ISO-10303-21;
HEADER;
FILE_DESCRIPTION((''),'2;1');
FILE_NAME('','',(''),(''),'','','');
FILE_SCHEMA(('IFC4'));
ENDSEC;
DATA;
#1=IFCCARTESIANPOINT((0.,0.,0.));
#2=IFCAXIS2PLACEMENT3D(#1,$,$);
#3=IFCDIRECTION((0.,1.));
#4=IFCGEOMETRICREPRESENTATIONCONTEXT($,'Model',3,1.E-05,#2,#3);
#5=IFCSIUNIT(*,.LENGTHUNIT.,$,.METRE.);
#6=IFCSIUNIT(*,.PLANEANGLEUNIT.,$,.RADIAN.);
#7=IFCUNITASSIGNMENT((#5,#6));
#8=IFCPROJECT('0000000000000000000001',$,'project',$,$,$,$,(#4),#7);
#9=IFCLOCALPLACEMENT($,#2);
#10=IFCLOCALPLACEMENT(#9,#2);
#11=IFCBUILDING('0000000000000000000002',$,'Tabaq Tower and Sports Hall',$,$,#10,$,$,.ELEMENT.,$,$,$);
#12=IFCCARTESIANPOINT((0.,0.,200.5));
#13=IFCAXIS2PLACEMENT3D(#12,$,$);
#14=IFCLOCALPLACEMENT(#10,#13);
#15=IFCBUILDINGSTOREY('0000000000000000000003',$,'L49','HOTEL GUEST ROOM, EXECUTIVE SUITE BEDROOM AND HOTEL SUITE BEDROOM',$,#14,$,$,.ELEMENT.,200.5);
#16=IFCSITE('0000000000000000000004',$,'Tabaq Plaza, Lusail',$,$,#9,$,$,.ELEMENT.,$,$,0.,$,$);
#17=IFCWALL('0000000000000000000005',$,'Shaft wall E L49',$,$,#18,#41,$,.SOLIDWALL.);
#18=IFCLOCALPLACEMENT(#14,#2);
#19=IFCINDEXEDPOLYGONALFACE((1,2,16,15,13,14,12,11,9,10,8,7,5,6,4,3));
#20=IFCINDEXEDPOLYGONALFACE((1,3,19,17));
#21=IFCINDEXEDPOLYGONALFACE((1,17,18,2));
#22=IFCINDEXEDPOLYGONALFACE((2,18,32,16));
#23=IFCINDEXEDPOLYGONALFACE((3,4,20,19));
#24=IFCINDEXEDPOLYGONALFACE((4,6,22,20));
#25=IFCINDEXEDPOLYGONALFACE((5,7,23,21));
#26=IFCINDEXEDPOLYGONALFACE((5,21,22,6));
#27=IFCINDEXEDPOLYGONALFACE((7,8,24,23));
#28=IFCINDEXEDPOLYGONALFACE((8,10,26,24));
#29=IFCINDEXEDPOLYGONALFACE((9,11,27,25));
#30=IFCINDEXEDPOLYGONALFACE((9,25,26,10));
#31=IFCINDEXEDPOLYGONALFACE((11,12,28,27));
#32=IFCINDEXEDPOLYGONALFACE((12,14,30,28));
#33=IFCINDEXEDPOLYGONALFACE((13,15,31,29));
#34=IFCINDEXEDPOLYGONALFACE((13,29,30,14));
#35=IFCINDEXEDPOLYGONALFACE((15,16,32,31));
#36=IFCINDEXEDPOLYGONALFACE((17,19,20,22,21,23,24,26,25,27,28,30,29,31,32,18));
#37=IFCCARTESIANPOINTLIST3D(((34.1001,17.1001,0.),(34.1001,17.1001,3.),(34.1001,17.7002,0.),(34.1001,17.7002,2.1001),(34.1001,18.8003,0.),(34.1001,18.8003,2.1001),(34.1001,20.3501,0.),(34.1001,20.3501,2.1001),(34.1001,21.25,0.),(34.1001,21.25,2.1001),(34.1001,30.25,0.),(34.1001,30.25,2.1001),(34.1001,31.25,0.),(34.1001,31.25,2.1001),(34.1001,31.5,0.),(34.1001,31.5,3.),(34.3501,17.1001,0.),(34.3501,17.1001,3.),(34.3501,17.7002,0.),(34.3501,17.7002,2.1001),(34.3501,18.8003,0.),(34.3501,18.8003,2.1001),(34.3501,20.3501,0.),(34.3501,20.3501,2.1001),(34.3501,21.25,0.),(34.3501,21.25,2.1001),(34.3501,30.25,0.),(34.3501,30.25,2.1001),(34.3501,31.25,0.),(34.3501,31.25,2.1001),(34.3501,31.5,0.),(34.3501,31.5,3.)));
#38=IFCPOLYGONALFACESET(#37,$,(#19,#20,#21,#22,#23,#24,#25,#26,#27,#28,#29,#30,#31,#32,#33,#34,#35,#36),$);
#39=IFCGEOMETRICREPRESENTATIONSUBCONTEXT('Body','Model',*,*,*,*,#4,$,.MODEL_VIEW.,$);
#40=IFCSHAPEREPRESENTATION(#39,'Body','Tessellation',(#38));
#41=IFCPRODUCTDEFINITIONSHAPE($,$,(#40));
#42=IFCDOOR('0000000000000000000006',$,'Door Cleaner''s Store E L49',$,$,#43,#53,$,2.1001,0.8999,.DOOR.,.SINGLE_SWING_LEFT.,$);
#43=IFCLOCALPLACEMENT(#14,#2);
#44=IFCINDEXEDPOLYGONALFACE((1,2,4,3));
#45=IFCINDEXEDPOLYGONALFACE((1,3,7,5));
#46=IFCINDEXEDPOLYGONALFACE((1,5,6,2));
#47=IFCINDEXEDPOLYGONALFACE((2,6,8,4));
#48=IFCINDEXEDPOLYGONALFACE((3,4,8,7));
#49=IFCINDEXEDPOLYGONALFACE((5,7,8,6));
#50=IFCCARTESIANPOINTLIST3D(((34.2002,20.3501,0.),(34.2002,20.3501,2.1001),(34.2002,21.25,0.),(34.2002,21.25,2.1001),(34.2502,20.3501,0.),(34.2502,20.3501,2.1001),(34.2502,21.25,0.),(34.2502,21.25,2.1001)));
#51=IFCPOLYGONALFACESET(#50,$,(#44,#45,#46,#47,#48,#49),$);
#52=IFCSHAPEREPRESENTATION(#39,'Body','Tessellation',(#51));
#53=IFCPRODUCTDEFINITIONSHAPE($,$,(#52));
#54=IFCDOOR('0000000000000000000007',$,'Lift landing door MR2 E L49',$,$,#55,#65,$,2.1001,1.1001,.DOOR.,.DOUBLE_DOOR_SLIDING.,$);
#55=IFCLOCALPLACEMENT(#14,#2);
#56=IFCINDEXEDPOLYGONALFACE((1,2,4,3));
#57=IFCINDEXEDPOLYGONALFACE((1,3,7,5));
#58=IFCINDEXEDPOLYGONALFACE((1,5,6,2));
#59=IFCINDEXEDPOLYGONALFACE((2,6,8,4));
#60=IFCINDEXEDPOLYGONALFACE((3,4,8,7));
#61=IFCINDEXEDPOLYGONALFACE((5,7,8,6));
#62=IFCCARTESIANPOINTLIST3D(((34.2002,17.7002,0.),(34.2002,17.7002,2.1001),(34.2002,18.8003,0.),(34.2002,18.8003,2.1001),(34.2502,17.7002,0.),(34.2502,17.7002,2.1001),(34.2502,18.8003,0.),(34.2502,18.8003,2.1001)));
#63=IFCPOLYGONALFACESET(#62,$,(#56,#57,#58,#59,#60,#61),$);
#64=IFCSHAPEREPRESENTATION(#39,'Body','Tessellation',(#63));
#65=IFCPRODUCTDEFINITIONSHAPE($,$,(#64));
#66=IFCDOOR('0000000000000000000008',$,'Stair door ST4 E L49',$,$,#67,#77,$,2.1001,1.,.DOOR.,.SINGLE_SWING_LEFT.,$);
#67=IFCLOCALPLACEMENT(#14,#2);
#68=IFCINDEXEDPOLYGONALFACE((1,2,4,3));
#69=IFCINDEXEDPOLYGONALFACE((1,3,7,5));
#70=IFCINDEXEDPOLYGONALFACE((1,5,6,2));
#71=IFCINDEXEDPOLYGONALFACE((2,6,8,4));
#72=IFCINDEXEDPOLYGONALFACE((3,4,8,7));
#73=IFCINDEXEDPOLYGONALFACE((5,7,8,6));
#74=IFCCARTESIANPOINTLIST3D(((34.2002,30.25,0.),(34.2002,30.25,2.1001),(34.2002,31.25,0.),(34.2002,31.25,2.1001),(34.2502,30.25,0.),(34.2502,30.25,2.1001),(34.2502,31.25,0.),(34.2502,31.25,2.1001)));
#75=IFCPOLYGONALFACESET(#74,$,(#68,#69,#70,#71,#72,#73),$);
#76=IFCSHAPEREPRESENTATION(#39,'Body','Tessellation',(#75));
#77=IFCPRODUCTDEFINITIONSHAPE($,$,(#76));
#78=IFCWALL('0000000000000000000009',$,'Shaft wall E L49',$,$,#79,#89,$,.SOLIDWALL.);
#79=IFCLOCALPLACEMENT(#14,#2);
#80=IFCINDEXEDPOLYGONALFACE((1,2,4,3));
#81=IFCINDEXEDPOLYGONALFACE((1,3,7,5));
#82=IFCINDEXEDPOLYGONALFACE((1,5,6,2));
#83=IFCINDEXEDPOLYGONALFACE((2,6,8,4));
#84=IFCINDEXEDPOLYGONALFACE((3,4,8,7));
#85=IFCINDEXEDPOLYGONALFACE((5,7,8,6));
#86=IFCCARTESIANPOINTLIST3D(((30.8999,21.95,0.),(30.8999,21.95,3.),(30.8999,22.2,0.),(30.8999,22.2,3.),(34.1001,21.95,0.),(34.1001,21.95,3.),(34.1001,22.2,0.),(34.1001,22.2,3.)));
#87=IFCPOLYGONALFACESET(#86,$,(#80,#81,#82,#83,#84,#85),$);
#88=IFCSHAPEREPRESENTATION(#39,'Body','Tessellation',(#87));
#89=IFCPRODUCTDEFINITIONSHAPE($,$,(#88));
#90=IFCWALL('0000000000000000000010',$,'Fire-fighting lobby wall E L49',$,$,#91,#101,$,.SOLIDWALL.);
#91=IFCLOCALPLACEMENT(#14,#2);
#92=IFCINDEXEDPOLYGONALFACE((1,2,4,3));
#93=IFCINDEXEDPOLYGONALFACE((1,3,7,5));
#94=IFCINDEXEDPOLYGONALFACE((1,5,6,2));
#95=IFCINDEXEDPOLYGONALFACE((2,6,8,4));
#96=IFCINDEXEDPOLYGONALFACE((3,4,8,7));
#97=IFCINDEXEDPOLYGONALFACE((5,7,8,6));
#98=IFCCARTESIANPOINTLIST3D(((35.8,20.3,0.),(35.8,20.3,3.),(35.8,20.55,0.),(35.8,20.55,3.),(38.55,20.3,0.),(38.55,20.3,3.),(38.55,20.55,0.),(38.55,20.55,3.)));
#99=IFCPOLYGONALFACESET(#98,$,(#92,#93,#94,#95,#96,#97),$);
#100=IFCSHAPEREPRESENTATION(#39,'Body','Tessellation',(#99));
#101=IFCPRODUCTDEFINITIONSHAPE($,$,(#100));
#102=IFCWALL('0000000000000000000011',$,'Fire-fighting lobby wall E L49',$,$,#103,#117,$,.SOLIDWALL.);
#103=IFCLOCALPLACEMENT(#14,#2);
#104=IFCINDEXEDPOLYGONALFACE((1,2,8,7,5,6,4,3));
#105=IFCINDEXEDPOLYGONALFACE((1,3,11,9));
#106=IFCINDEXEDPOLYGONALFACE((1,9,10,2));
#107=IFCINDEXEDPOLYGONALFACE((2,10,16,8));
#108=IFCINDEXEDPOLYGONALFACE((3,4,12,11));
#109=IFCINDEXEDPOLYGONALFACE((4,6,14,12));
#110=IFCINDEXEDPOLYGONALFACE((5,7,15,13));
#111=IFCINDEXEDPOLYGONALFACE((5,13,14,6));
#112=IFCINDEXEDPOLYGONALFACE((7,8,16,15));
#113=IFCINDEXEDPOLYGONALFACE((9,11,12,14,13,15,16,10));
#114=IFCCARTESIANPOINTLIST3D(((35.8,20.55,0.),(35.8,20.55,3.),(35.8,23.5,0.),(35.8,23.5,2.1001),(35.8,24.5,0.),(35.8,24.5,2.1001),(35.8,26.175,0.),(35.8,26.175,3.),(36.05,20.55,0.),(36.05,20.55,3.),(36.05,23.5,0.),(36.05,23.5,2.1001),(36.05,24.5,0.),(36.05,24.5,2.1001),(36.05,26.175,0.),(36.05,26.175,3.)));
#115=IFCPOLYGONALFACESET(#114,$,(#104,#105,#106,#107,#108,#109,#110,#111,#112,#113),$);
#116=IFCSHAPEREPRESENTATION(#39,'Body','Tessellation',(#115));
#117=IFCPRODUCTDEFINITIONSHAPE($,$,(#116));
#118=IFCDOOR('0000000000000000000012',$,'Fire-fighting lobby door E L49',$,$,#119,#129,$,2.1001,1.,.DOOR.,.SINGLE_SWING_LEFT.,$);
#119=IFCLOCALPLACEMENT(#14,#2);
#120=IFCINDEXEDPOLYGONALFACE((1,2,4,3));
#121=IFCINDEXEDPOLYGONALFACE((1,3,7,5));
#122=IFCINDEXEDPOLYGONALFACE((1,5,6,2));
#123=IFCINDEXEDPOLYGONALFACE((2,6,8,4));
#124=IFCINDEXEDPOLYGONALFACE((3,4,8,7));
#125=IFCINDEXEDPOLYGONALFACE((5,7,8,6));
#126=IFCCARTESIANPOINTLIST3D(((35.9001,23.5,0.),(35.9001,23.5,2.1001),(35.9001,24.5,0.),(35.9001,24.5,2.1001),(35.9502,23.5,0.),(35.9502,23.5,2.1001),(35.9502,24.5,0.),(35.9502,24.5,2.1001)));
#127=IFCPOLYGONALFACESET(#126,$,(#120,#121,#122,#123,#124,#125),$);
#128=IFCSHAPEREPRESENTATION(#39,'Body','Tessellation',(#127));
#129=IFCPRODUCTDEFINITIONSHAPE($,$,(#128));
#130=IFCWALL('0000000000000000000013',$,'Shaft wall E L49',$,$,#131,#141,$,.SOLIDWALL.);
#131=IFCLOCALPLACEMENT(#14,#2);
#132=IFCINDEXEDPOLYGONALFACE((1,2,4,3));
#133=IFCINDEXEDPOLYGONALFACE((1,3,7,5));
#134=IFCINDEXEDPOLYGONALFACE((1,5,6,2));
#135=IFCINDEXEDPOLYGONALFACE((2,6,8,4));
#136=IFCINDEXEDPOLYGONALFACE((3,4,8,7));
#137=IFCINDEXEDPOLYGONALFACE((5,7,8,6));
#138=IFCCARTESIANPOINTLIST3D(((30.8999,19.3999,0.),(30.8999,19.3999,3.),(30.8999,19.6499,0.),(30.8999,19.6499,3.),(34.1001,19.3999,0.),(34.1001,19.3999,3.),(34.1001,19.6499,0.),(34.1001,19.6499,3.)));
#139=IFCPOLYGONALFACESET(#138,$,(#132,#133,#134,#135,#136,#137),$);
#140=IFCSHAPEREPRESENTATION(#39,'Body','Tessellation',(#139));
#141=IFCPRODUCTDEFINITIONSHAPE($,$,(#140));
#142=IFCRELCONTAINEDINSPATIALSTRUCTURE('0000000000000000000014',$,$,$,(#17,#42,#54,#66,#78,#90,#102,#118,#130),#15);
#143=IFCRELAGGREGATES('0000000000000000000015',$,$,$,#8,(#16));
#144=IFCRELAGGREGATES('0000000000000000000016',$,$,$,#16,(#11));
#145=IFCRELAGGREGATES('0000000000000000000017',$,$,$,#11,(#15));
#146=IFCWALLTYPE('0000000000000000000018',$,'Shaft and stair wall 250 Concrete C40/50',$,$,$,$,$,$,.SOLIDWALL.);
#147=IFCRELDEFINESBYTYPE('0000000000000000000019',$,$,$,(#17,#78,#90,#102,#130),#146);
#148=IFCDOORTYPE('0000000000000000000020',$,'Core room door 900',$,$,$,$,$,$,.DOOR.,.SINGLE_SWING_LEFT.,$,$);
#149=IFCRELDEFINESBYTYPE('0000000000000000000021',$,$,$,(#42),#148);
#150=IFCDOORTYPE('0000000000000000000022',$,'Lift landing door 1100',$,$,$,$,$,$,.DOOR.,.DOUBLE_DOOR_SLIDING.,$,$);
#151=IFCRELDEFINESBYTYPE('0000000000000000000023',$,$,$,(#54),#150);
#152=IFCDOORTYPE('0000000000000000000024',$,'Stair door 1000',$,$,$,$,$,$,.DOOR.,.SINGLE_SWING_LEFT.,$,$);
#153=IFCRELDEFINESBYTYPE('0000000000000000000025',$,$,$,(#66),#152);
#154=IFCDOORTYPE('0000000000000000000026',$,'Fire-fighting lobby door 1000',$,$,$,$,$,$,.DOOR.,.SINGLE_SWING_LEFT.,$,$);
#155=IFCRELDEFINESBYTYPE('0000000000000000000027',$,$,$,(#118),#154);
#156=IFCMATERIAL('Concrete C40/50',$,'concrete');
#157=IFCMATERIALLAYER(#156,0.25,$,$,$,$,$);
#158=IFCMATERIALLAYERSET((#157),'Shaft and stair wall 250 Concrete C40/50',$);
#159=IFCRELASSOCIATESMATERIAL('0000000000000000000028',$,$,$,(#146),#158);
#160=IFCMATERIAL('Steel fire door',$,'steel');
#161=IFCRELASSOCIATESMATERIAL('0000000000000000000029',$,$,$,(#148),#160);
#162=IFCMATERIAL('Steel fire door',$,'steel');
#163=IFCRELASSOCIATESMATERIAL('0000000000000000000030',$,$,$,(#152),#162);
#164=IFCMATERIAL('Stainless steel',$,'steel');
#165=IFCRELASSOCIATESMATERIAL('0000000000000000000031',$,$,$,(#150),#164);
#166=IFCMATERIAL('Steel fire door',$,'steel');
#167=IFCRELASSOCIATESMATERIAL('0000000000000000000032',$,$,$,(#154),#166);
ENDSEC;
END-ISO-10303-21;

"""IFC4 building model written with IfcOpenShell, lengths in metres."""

from ifc_helpers import new_model, si_unit, direction, frame, frame_2d, origin, place, context, subcontext, project, spatial, rectangle, extrude, material, layer, layer_set, type_object, element, fill, save


model = new_model("IFC4")

# Units and contexts
model_context = context("Model", 3, precision=1e-05, world=origin(), true_north=direction((0.0, 1.0)))
body_context = subcontext(model_context, "Body", "Model", "MODEL_VIEW")
ifc_project = project(units=[si_unit("LENGTHUNIT", "METRE"), si_unit("PLANEANGLEUNIT", "RADIAN")], contexts=[model_context])

# Site, building, storey
site_placement = place(None, origin())
site = spatial("IfcSite", under=ifc_project, at=site_placement, Name="Tabaq Plaza, Lusail", CompositionType="ELEMENT", RefElevation=0.0)
building_placement = place(site_placement, origin())
building = spatial("IfcBuilding", under=site, at=building_placement, Name="Tabaq Tower and Sports Hall", CompositionType="ELEMENT")
storey_placement = place(building_placement, frame((0.0, 0.0, 200.5)))
storey = spatial("IfcBuildingStorey", under=building, at=storey_placement, Name="L49", Description="HOTEL GUEST ROOM, EXECUTIVE SUITE BEDROOM AND HOTEL SUITE BEDROOM", CompositionType="ELEMENT", Elevation=200.5)

# Wall, openings, doors
ifc_material_1 = material(Name="Concrete C40/50", Category="concrete")
ifc_layer_1 = layer(ifc_material_1, 0.25)
ifc_layer_set_1 = layer_set([ifc_layer_1], Name="Shaft and stair wall 250 Concrete C40/50")
wall_type_1 = type_object("IfcWallType", Name="Shaft and stair wall 250 Concrete C40/50", PredefinedType="SOLIDWALL", material=ifc_layer_set_1)
ifc_material_2 = material(Name="Steel fire door", Category="steel")
door_type_1 = type_object("IfcDoorType", Name="Core room door 900", OperationType="SINGLE_SWING_LEFT", PredefinedType="DOOR", material=ifc_material_2)
ifc_material_3 = material(Name="Steel fire door", Category="steel")
door_type_2 = type_object("IfcDoorType", Name="Stair door 1000", OperationType="SINGLE_SWING_LEFT", PredefinedType="DOOR", material=ifc_material_3)
wall_1_placement = place(storey_placement, frame((34.2251, 17.1001, 0.0), z_axis=(0.0, 0.0, 1.0), x_axis=(0.0, 1.0, 0.0)))
wall_1 = element("IfcWall", 1, at=wall_1_placement, inside=storey, type_object=wall_type_1, Name="Shaft wall E L49", PredefinedType="SOLIDWALL", context=body_context, shape_type="SweptSolid", body=[
    extrude(rectangle(XDim=14.3999, YDim=0.25, at=frame_2d((7.2, 0.0))), origin(), (0.0, 0.0, 1.0), 3.0),
])
opening_1_placement = place(wall_1_placement, frame((13.1499, 0.0, 0.0)))
opening_1 = element("IfcOpeningElement", 2, at=opening_1_placement, cuts=wall_1, PredefinedType="OPENING", context=body_context, shape_type="SweptSolid", body=[
    extrude(rectangle(XDim=1.0, YDim=2.1001, at=frame_2d((0.5, 1.05))), frame((0.0, 0.125, 0.0), z_axis=(0.0, -1.0, 0.0), x_axis=(1.0, 0.0, 0.0)), (0.0, 0.0, 1.0), 0.25),
])
opening_2_placement = place(wall_1_placement, frame((0.6001, 0.0, 0.0)))
opening_2 = element("IfcOpeningElement", 3, at=opening_2_placement, cuts=wall_1, PredefinedType="OPENING", context=body_context, shape_type="SweptSolid", body=[
    extrude(rectangle(XDim=1.1001, YDim=2.1001, at=frame_2d((0.55, 1.05))), frame((0.0, 0.125, 0.0), z_axis=(0.0, -1.0, 0.0), x_axis=(1.0, 0.0, 0.0)), (0.0, 0.0, 1.0), 0.25),
])
opening_3_placement = place(wall_1_placement, frame((3.25, 0.0, 0.0)))
opening_3 = element("IfcOpeningElement", 4, at=opening_3_placement, cuts=wall_1, PredefinedType="OPENING", context=body_context, shape_type="SweptSolid", body=[
    extrude(rectangle(XDim=0.8999, YDim=2.1001, at=frame_2d((0.45, 1.05))), frame((0.0, 0.125, 0.0), z_axis=(0.0, -1.0, 0.0), x_axis=(1.0, 0.0, 0.0)), (0.0, 0.0, 1.0), 0.25),
])
door_1_placement = place(opening_3_placement, origin())
door_1 = element("IfcDoor", 5, at=door_1_placement, inside=storey, type_object=door_type_1, Name="Door Cleaner's Store E L49", OperationType="SINGLE_SWING_LEFT", OverallHeight=2.1001, OverallWidth=0.8999, PredefinedType="DOOR", context=body_context, shape_type="SweptSolid", body=[
    extrude(rectangle(XDim=0.8999, YDim=2.1001, at=frame_2d((0.45, 1.05))), frame((0.0, 0.0249, 0.0), z_axis=(0.0, -1.0, 0.0), x_axis=(1.0, 0.0, 0.0)), (0.0, 0.0, 1.0), 0.05),
])
fill(opening_3, door_1)
ifc_material_4 = material(Name="Stainless steel", Category="steel")
door_type_3 = type_object("IfcDoorType", Name="Lift landing door 1100", OperationType="DOUBLE_DOOR_SLIDING", PredefinedType="DOOR", material=ifc_material_4)
door_2_placement = place(opening_2_placement, origin())
door_2 = element("IfcDoor", 6, at=door_2_placement, inside=storey, type_object=door_type_3, Name="Lift landing door MR2 E L49", OperationType="DOUBLE_DOOR_SLIDING", OverallHeight=2.1001, OverallWidth=1.1001, PredefinedType="DOOR", context=body_context, shape_type="SweptSolid", body=[
    extrude(rectangle(XDim=1.1001, YDim=2.1001, at=frame_2d((0.55, 1.05))), frame((0.0, 0.0249, 0.0), z_axis=(0.0, -1.0, 0.0), x_axis=(1.0, 0.0, 0.0)), (0.0, 0.0, 1.0), 0.05),
])
fill(opening_2, door_2)
door_3_placement = place(opening_1_placement, origin())
door_3 = element("IfcDoor", 7, at=door_3_placement, inside=storey, type_object=door_type_2, Name="Stair door ST4 E L49", OperationType="SINGLE_SWING_LEFT", OverallHeight=2.1001, OverallWidth=1.0, PredefinedType="DOOR", context=body_context, shape_type="SweptSolid", body=[
    extrude(rectangle(XDim=1.0, YDim=2.1001, at=frame_2d((0.5, 1.05))), frame((0.0, 0.0249, 0.0), z_axis=(0.0, -1.0, 0.0), x_axis=(1.0, 0.0, 0.0)), (0.0, 0.0, 1.0), 0.05),
])
fill(opening_1, door_3)

# Walls
wall_2_placement = place(storey_placement, frame((30.8999, 22.075, 0.0), z_axis=(0.0, 0.0, 1.0), x_axis=(1.0, 0.0, 0.0)))
element("IfcWall", 8, at=wall_2_placement, inside=storey, type_object=wall_type_1, Name="Shaft wall E L49", PredefinedType="SOLIDWALL", context=body_context, shape_type="SweptSolid", body=[
    extrude(rectangle(XDim=3.2002, YDim=0.25, at=frame_2d((1.6001, 0.0))), origin(), (0.0, 0.0, 1.0), 3.0),
])
wall_3_placement = place(storey_placement, frame((35.8, 20.425, 0.0), z_axis=(0.0, 0.0, 1.0), x_axis=(1.0, 0.0, 0.0)))
element("IfcWall", 9, at=wall_3_placement, inside=storey, type_object=wall_type_1, Name="Fire-fighting lobby wall E L49", PredefinedType="SOLIDWALL", context=body_context, shape_type="SweptSolid", body=[
    extrude(rectangle(XDim=2.75, YDim=0.25, at=frame_2d((1.375, 0.0))), origin(), (0.0, 0.0, 1.0), 3.0),
])

# Wall, opening, door
wall_4_placement = place(storey_placement, frame((35.925, 20.55, 0.0), z_axis=(0.0, 0.0, 1.0), x_axis=(0.0, 1.0, 0.0)))
wall_4 = element("IfcWall", 10, at=wall_4_placement, inside=storey, type_object=wall_type_1, Name="Fire-fighting lobby wall E L49", PredefinedType="SOLIDWALL", context=body_context, shape_type="SweptSolid", body=[
    extrude(rectangle(XDim=5.625, YDim=0.25, at=frame_2d((2.8125, 0.0))), origin(), (0.0, 0.0, 1.0), 3.0),
])
opening_4_placement = place(wall_4_placement, frame((2.95, 0.0, 0.0)))
opening_4 = element("IfcOpeningElement", 11, at=opening_4_placement, cuts=wall_4, PredefinedType="OPENING", context=body_context, shape_type="SweptSolid", body=[
    extrude(rectangle(XDim=1.0, YDim=2.1001, at=frame_2d((0.5, 1.05))), frame((0.0, 0.125, 0.0), z_axis=(0.0, -1.0, 0.0), x_axis=(1.0, 0.0, 0.0)), (0.0, 0.0, 1.0), 0.25),
])
ifc_material_5 = material(Name="Steel fire door", Category="steel")
door_type_4 = type_object("IfcDoorType", Name="Fire-fighting lobby door 1000", OperationType="SINGLE_SWING_LEFT", PredefinedType="DOOR", material=ifc_material_5)
door_4_placement = place(opening_4_placement, origin())
door_4 = element("IfcDoor", 12, at=door_4_placement, inside=storey, type_object=door_type_4, Name="Fire-fighting lobby door E L49", OperationType="SINGLE_SWING_LEFT", OverallHeight=2.1001, OverallWidth=1.0, PredefinedType="DOOR", context=body_context, shape_type="SweptSolid", body=[
    extrude(rectangle(XDim=1.0, YDim=2.1001, at=frame_2d((0.5, 1.05))), frame((0.0, 0.0249, 0.0), z_axis=(0.0, -1.0, 0.0), x_axis=(1.0, 0.0, 0.0)), (0.0, 0.0, 1.0), 0.05),
])
fill(opening_4, door_4)

# Wall
wall_5_placement = place(storey_placement, frame((30.8999, 19.5249, 0.0), z_axis=(0.0, 0.0, 1.0), x_axis=(1.0, 0.0, 0.0)))
element("IfcWall", 13, at=wall_5_placement, inside=storey, type_object=wall_type_1, Name="Shaft wall E L49", PredefinedType="SOLIDWALL", context=body_context, shape_type="SweptSolid", body=[
    extrude(rectangle(XDim=3.2002, YDim=0.25, at=frame_2d((1.6001, 0.0))), origin(), (0.0, 0.0, 1.0), 3.0),
])

save(model, "model.ifc")
